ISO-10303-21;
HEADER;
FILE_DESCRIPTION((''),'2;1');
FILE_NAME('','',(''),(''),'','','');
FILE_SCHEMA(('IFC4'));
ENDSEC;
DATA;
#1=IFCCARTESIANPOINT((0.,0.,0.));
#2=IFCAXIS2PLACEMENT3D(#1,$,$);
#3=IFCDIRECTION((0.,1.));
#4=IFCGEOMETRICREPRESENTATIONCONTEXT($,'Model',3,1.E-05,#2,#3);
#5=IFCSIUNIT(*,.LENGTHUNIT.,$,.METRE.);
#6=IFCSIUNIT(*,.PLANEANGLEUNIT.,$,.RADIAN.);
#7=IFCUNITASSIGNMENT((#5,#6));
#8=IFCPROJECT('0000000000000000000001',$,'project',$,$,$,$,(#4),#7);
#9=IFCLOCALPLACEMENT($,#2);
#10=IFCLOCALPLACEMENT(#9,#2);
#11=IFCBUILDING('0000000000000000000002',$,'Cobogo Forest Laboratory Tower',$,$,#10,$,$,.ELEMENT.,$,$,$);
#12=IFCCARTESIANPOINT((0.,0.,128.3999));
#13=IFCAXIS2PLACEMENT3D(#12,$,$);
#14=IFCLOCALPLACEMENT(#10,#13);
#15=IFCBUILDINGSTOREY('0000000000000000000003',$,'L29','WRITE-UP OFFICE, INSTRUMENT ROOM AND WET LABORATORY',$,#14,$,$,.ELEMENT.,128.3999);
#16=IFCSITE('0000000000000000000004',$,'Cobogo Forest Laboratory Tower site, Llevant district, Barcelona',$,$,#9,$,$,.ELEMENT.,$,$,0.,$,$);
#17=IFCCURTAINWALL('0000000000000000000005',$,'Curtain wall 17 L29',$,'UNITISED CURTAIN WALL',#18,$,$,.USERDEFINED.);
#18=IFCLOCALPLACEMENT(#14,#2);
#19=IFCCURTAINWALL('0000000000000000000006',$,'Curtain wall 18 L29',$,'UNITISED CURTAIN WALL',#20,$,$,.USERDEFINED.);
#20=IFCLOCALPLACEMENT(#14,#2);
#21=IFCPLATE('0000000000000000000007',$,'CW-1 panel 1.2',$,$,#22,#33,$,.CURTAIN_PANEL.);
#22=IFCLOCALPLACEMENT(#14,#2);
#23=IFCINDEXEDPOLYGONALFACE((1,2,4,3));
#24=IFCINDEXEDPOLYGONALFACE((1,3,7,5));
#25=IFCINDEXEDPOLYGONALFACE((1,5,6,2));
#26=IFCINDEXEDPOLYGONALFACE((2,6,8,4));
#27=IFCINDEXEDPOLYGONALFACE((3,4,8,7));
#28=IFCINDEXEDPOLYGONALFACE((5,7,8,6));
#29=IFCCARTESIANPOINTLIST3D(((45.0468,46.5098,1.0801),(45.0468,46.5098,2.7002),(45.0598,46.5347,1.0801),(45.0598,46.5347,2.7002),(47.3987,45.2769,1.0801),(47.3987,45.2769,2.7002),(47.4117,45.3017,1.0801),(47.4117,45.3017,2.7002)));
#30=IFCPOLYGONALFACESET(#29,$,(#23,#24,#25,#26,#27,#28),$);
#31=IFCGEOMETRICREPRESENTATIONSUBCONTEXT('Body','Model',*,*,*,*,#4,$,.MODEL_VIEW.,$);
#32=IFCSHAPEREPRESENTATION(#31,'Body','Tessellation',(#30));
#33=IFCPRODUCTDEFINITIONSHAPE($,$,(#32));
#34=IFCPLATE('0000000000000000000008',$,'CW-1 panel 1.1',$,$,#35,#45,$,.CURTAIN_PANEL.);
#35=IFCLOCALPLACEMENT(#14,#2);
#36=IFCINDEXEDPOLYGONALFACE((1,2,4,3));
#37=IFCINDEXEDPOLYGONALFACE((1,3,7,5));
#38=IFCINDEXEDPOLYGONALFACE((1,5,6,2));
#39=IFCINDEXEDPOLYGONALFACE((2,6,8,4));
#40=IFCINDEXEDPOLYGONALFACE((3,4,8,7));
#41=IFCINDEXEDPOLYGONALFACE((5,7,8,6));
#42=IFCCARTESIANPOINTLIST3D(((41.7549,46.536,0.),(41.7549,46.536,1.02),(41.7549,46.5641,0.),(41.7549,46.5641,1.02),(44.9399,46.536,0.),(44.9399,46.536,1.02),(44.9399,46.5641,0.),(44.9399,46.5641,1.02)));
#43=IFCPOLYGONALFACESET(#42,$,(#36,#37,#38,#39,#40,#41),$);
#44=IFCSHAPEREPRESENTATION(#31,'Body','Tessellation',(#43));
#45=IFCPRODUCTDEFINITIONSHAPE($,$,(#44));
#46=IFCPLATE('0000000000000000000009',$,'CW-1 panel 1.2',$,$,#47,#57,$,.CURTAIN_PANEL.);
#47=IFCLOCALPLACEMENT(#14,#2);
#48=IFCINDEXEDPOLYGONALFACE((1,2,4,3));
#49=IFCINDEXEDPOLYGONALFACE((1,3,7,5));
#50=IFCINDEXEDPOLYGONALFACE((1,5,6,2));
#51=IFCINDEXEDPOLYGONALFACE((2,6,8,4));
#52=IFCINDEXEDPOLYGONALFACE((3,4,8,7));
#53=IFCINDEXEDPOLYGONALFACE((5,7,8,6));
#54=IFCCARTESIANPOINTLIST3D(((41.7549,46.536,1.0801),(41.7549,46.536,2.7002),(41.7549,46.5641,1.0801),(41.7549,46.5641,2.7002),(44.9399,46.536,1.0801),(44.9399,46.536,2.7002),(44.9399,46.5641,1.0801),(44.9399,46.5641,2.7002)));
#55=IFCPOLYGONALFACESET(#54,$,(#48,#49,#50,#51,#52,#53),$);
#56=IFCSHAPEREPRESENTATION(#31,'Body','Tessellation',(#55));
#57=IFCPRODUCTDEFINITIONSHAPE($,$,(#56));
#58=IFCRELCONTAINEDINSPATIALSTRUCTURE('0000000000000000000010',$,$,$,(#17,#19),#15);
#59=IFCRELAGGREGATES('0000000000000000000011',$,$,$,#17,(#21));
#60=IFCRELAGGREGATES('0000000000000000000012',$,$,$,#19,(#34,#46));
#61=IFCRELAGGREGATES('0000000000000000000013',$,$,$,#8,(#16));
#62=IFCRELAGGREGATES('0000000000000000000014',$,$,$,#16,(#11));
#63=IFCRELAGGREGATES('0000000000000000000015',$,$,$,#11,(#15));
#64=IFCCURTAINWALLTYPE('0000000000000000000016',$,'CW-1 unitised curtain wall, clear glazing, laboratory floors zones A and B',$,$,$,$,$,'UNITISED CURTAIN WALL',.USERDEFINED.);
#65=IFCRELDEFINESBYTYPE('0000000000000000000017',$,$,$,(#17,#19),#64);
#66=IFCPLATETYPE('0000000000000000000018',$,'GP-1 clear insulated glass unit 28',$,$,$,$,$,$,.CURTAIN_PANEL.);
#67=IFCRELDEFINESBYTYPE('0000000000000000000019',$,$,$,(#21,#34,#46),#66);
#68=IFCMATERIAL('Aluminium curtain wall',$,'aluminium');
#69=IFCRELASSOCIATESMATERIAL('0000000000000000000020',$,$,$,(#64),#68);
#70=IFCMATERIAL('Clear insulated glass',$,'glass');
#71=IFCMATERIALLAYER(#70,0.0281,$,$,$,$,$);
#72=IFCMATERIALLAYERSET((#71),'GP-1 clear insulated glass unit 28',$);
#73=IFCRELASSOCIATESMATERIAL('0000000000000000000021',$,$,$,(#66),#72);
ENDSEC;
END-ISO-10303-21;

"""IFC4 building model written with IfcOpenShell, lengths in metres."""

from ifc_helpers import new_model, si_unit, direction, frame, origin, origin_2d, place, context, subcontext, project, spatial, rectangle, extrude, material, layer, layer_set, type_object, element, aggregate, save


model = new_model("IFC4")

# Units and contexts
model_context = context("Model", 3, precision=1e-05, world=origin(), true_north=direction((0.0, 1.0)))
body_context = subcontext(model_context, "Body", "Model", "MODEL_VIEW")
ifc_project = project(units=[si_unit("LENGTHUNIT", "METRE"), si_unit("PLANEANGLEUNIT", "RADIAN")], contexts=[model_context])

# Site, building, storey
site_placement = place(None, origin())
site = spatial("IfcSite", under=ifc_project, at=site_placement, Name="Cobogo Forest Laboratory Tower site, Llevant district, Barcelona", CompositionType="ELEMENT", RefElevation=0.0)
building_placement = place(site_placement, origin())
building = spatial("IfcBuilding", under=site, at=building_placement, Name="Cobogo Forest Laboratory Tower", CompositionType="ELEMENT")
storey_placement = place(building_placement, frame((0.0, 0.0, 128.3999)))
storey = spatial("IfcBuildingStorey", under=building, at=storey_placement, Name="L29", Description="WRITE-UP OFFICE, INSTRUMENT ROOM AND WET LABORATORY", CompositionType="ELEMENT", Elevation=128.3999)

# Curtain wall
ifc_material_1 = material(Name="Aluminium curtain wall", Category="aluminium")
curtain_wall_type = type_object("IfcCurtainWallType", Name="CW-1 unitised curtain wall, clear glazing, laboratory floors zones A and B", ElementType="UNITISED CURTAIN WALL", PredefinedType="USERDEFINED", material=ifc_material_1)
curtain_wall_1_placement = place(storey_placement, origin())
curtain_wall_1 = element("IfcCurtainWall", 1, at=curtain_wall_1_placement, inside=storey, type_object=curtain_wall_type, Name="Curtain wall 17 L29", ObjectType="UNITISED CURTAIN WALL", PredefinedType="USERDEFINED")

# Curtain wall
curtain_wall_2_placement = place(storey_placement, origin())
curtain_wall_2 = element("IfcCurtainWall", 2, at=curtain_wall_2_placement, inside=storey, type_object=curtain_wall_type, Name="Curtain wall 18 L29", ObjectType="UNITISED CURTAIN WALL", PredefinedType="USERDEFINED")

# Plates
ifc_material_2 = material(Name="Clear insulated glass", Category="glass")
ifc_layer = layer(ifc_material_2, 0.0281)
ifc_layer_set = layer_set([ifc_layer], Name="GP-1 clear insulated glass unit 28")
plate_type = type_object("IfcPlateType", Name="GP-1 clear insulated glass unit 28", PredefinedType="CURTAIN_PANEL", material=ifc_layer_set)
plate_1_placement = place(storey_placement, frame((46.2292, 45.9058, 1.0801), z_axis=(0.0, 0.0, 1.0), x_axis=(-0.885687, 0.464284, 0.0)))
plate_1 = element("IfcPlate", 3, at=plate_1_placement, type_object=plate_type, Name="CW-1 panel 1.2", PredefinedType="CURTAIN_PANEL", context=body_context, shape_type="SweptSolid", body=[
    extrude(rectangle(XDim=2.6555, YDim=0.0281, at=origin_2d()), origin(), (0.0, 0.0, 1.0), 1.6201),
])
aggregate(curtain_wall_1, [plate_1])
plate_2_placement = place(storey_placement, frame((43.3474, 46.55, 0.0), z_axis=(0.0, 0.0, 1.0), x_axis=(-1.0, 0.0, 0.0)))
plate_2 = element("IfcPlate", 4, at=plate_2_placement, type_object=plate_type, Name="CW-1 panel 1.1", PredefinedType="CURTAIN_PANEL", context=body_context, shape_type="SweptSolid", body=[
    extrude(rectangle(XDim=3.1851, YDim=0.0281, at=origin_2d()), origin(), (0.0, 0.0, 1.0), 1.02),
])
plate_3_placement = place(storey_placement, frame((43.3474, 46.55, 1.0801), z_axis=(0.0, 0.0, 1.0), x_axis=(-1.0, 0.0, 0.0)))
plate_3 = element("IfcPlate", 5, at=plate_3_placement, type_object=plate_type, Name="CW-1 panel 1.2", PredefinedType="CURTAIN_PANEL", context=body_context, shape_type="SweptSolid", body=[
    extrude(rectangle(XDim=3.1851, YDim=0.0281, at=origin_2d()), origin(), (0.0, 0.0, 1.0), 1.6201),
])
aggregate(curtain_wall_2, [plate_2, plate_3])

save(model, "model.ifc")
